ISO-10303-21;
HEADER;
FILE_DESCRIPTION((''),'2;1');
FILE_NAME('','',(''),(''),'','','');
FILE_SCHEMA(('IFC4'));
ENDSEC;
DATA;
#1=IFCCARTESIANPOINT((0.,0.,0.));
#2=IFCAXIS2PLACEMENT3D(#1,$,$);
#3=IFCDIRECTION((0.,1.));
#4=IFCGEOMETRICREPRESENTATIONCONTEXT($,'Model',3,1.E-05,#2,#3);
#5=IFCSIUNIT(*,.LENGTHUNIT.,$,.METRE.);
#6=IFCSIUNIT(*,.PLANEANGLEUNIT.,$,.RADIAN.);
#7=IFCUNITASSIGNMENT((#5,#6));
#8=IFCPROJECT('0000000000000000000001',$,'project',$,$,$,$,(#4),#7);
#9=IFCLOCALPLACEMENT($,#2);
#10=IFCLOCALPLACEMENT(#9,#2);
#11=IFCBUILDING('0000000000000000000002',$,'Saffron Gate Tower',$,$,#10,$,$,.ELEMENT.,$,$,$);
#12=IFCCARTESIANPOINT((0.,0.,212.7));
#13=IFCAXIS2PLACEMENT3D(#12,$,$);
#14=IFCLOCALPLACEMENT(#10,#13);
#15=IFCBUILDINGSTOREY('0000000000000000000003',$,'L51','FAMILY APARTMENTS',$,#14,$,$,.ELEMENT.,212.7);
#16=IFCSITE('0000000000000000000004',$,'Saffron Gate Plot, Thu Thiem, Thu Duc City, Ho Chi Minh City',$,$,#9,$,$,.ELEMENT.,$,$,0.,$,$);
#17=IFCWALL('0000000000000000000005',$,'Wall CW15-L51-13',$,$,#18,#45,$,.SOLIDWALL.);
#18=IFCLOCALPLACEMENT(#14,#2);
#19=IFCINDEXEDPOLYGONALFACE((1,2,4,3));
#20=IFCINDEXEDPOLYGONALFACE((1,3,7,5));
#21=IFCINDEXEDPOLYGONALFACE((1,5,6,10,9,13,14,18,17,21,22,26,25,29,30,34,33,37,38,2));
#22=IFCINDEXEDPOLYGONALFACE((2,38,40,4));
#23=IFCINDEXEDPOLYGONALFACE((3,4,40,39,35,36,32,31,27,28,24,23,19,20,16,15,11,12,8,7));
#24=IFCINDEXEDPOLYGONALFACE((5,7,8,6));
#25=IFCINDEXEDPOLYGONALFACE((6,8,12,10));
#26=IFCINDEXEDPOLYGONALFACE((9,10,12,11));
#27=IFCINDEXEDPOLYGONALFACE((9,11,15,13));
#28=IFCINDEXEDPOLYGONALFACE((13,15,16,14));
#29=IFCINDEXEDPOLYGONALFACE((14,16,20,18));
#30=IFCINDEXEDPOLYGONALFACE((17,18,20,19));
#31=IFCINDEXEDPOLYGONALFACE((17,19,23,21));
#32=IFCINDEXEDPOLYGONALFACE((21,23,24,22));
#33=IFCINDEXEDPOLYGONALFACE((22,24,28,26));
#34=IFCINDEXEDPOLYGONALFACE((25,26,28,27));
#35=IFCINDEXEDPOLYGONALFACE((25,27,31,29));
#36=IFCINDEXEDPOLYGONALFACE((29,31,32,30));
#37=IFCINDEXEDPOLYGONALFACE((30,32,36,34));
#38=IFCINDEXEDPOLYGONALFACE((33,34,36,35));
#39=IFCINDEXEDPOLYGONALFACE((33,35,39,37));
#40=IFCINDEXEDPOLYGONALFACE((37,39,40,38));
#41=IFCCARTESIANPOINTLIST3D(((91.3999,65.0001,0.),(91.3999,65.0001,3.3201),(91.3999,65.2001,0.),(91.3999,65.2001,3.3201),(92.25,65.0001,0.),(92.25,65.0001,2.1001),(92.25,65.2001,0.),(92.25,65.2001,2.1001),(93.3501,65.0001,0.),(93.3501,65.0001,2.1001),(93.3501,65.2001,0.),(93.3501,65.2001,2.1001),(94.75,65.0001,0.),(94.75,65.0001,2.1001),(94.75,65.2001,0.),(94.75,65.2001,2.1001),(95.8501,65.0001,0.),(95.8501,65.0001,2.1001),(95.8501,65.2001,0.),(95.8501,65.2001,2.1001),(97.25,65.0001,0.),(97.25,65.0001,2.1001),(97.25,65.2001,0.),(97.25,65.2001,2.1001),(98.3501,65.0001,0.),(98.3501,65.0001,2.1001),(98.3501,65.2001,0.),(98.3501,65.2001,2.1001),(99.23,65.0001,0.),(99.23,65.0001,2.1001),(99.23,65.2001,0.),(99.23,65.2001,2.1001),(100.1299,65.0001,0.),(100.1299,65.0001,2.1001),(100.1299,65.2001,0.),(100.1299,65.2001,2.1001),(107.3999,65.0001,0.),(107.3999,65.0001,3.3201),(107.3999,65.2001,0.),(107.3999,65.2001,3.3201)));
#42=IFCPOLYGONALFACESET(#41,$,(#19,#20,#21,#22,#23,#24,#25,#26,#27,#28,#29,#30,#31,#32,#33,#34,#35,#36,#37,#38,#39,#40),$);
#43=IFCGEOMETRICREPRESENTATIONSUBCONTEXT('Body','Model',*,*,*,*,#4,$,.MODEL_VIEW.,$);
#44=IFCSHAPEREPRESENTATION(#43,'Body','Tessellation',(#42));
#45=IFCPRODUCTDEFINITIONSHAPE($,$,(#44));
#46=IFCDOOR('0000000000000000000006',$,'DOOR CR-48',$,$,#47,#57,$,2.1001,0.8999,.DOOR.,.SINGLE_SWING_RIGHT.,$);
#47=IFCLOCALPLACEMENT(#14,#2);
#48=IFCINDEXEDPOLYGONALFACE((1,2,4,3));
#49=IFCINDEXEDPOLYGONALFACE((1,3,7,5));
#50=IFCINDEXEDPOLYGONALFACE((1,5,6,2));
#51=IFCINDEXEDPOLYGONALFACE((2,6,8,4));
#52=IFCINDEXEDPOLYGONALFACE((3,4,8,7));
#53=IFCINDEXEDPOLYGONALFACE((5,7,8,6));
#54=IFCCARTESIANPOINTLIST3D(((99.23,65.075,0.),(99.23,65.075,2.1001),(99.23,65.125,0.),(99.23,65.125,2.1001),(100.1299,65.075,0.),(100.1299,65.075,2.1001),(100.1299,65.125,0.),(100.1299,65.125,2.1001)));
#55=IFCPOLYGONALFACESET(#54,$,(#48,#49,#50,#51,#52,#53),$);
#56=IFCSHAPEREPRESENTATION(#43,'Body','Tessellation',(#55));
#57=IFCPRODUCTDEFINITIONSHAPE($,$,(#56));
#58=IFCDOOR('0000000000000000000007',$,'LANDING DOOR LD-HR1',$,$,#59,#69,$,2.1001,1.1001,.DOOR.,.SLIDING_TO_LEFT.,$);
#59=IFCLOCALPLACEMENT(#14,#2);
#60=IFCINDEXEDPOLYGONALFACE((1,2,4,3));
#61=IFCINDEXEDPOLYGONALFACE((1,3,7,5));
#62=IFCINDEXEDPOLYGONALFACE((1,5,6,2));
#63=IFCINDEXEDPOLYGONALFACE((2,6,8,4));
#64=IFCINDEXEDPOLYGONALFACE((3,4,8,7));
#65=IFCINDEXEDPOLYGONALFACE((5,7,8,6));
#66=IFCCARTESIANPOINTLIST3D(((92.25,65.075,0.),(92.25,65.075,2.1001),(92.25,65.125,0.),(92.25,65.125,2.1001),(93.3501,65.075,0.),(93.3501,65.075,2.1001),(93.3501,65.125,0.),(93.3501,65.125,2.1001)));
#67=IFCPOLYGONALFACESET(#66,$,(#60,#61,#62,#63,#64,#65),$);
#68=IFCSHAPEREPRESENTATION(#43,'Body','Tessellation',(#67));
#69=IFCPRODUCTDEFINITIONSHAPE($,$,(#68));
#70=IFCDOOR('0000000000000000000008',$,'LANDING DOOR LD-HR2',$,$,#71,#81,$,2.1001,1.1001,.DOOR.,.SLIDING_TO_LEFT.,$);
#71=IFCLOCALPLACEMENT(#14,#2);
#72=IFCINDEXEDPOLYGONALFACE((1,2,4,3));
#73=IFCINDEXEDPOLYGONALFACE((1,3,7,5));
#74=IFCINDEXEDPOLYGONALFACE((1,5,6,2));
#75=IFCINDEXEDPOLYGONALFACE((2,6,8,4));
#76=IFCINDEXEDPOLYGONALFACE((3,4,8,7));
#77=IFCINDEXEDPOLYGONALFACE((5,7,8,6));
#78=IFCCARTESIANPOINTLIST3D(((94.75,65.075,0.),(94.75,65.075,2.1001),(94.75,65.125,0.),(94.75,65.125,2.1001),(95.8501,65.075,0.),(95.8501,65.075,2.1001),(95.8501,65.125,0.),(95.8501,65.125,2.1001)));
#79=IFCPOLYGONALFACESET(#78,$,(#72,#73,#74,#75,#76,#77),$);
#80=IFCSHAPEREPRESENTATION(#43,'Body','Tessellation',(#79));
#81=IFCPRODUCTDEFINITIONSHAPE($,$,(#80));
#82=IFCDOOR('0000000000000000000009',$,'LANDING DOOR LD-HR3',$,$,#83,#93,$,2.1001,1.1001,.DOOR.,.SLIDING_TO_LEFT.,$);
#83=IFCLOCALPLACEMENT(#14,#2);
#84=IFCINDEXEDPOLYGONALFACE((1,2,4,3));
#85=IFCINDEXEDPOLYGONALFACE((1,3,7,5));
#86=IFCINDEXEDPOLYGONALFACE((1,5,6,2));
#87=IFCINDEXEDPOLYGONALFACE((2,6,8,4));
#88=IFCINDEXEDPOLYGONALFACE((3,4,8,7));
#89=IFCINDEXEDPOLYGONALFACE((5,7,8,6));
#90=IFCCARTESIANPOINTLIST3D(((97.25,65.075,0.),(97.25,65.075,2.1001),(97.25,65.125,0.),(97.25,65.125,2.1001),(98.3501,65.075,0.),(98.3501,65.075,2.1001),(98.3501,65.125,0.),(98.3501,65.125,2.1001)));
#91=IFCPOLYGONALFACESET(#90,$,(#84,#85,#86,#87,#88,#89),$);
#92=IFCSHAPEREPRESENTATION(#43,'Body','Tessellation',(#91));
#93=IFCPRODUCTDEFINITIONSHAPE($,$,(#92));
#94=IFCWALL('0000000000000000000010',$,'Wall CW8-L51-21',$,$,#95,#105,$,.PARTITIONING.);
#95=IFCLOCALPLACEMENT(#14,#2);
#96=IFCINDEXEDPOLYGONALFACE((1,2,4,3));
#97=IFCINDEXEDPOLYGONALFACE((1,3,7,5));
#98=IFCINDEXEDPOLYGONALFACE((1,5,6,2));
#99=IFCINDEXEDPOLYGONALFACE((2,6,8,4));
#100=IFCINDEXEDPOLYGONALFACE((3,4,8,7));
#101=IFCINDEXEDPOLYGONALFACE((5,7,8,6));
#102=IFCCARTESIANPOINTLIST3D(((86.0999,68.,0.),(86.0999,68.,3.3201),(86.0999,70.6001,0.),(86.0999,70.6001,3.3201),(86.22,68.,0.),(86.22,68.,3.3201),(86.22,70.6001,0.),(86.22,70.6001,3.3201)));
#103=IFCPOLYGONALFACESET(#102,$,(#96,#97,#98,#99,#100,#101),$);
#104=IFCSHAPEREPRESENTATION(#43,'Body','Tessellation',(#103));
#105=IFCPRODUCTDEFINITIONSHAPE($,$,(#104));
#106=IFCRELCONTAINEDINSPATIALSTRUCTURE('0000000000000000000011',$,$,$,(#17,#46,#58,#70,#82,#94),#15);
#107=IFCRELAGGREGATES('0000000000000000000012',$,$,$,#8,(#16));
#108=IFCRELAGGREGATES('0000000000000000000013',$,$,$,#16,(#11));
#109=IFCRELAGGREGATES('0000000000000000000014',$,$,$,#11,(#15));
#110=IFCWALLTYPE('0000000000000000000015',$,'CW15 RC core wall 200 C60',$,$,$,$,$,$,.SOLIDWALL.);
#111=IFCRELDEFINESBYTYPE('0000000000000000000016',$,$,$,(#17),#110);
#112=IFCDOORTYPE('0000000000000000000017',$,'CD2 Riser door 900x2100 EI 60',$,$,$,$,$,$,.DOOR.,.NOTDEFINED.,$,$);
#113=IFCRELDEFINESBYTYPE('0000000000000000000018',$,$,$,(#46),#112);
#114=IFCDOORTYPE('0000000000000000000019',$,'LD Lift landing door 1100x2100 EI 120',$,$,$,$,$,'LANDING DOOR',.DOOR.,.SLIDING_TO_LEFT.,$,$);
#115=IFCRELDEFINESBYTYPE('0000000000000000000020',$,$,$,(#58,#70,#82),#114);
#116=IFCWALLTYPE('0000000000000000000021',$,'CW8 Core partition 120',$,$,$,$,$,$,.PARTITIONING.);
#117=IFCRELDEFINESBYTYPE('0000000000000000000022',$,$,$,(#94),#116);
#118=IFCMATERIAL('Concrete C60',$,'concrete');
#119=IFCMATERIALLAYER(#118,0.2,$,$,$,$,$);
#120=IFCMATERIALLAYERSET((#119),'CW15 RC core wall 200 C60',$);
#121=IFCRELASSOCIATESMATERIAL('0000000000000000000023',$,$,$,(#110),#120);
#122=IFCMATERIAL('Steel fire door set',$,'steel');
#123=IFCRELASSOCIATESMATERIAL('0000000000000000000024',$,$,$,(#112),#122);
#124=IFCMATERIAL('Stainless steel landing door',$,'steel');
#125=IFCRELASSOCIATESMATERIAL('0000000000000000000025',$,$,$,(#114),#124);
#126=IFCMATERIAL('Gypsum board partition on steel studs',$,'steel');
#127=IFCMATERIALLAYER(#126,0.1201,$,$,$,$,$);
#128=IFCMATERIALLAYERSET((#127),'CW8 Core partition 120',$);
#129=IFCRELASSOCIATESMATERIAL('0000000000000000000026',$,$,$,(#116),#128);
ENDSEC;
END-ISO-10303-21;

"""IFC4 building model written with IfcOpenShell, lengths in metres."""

from ifc_helpers import new_model, si_unit, direction, frame, frame_2d, origin, place, context, subcontext, project, spatial, rectangle, extrude, material, layer, layer_set, type_object, element, fill, save


model = new_model("IFC4")

# Units and contexts
model_context = context("Model", 3, precision=1e-05, world=origin(), true_north=direction((0.0, 1.0)))
body_context = subcontext(model_context, "Body", "Model", "MODEL_VIEW")
ifc_project = project(units=[si_unit("LENGTHUNIT", "METRE"), si_unit("PLANEANGLEUNIT", "RADIAN")], contexts=[model_context])

# Site, building, storey
site_placement = place(None, origin())
site = spatial("IfcSite", under=ifc_project, at=site_placement, Name="Saffron Gate Plot, Thu Thiem, Thu Duc City, Ho Chi Minh City", CompositionType="ELEMENT", RefElevation=0.0)
building_placement = place(site_placement, origin())
building = spatial("IfcBuilding", under=site, at=building_placement, Name="Saffron Gate Tower", CompositionType="ELEMENT")
storey_placement = place(building_placement, frame((0.0, 0.0, 212.7)))
storey = spatial("IfcBuildingStorey", under=building, at=storey_placement, Name="L51", Description="FAMILY APARTMENTS", CompositionType="ELEMENT", Elevation=212.7)

# Shared definitions
ifc_material_1 = material(Name="Gypsum board partition on steel studs", Category="steel")
ifc_material_2 = material(Name="Concrete C60", Category="concrete")

# Shared definitions
ifc_material_3 = material(Name="Steel fire door set", Category="steel")

# Wall, openings, doors
ifc_layer_1 = layer(ifc_material_2, 0.2)
ifc_layer_set_1 = layer_set([ifc_layer_1], Name="CW15 RC core wall 200 C60")
wall_type_1 = type_object("IfcWallType", Name="CW15 RC core wall 200 C60", PredefinedType="SOLIDWALL", material=ifc_layer_set_1)
wall_1_placement = place(storey_placement, frame((91.3999, 65.1001, 0.0), z_axis=(0.0, 0.0, 1.0), x_axis=(1.0, 0.0, 0.0)))
wall_1 = element("IfcWall", 1, at=wall_1_placement, inside=storey, type_object=wall_type_1, Name="Wall CW15-L51-13", PredefinedType="SOLIDWALL", context=body_context, shape_type="SweptSolid", body=[
    extrude(rectangle(XDim=16.0, YDim=0.2, at=frame_2d((8.0, 0.0))), origin(), (0.0, 0.0, 1.0), 3.3201),
])
opening_1_placement = place(wall_1_placement, frame((0.8501, 0.0, 0.0)))
opening_1 = element("IfcOpeningElement", 2, at=opening_1_placement, cuts=wall_1, PredefinedType="OPENING", context=body_context, shape_type="SweptSolid", body=[
    extrude(rectangle(XDim=1.1001, YDim=2.1001, at=frame_2d((0.55, 1.05))), frame((0.0, 0.1099, 0.0), z_axis=(0.0, -1.0, 0.0), x_axis=(1.0, 0.0, 0.0)), (0.0, 0.0, 1.0), 0.22),
])
opening_2_placement = place(wall_1_placement, frame((3.3501, 0.0, 0.0)))
opening_2 = element("IfcOpeningElement", 3, at=opening_2_placement, cuts=wall_1, PredefinedType="OPENING", context=body_context, shape_type="SweptSolid", body=[
    extrude(rectangle(XDim=1.1001, YDim=2.1001, at=frame_2d((0.55, 1.05))), frame((0.0, 0.1099, 0.0), z_axis=(0.0, -1.0, 0.0), x_axis=(1.0, 0.0, 0.0)), (0.0, 0.0, 1.0), 0.22),
])
opening_3_placement = place(wall_1_placement, frame((5.8501, 0.0, 0.0)))
opening_3 = element("IfcOpeningElement", 4, at=opening_3_placement, cuts=wall_1, PredefinedType="OPENING", context=body_context, shape_type="SweptSolid", body=[
    extrude(rectangle(XDim=1.1001, YDim=2.1001, at=frame_2d((0.55, 1.05))), frame((0.0, 0.1099, 0.0), z_axis=(0.0, -1.0, 0.0), x_axis=(1.0, 0.0, 0.0)), (0.0, 0.0, 1.0), 0.22),
])
opening_4_placement = place(wall_1_placement, frame((7.8301, 0.0, 0.0)))
opening_4 = element("IfcOpeningElement", 5, at=opening_4_placement, cuts=wall_1, PredefinedType="OPENING", context=body_context, shape_type="SweptSolid", body=[
    extrude(rectangle(XDim=0.8999, YDim=2.1001, at=frame_2d((0.45, 1.05))), frame((0.0, 0.1099, 0.0), z_axis=(0.0, -1.0, 0.0), x_axis=(1.0, 0.0, 0.0)), (0.0, 0.0, 1.0), 0.22),
])
door_type_1 = type_object("IfcDoorType", Name="CD2 Riser door 900x2100 EI 60", OperationType="NOTDEFINED", PredefinedType="DOOR", material=ifc_material_3)
door_1_placement = place(opening_4_placement, origin())
door_1 = element("IfcDoor", 6, at=door_1_placement, inside=storey, type_object=door_type_1, Name="DOOR CR-48", OperationType="SINGLE_SWING_RIGHT", OverallHeight=2.1001, OverallWidth=0.8999, PredefinedType="DOOR", context=body_context, shape_type="SweptSolid", body=[
    extrude(rectangle(XDim=0.8999, YDim=2.1001, at=frame_2d((0.45, 1.05))), frame((0.0, 0.0249, 0.0), z_axis=(0.0, -1.0, 0.0), x_axis=(1.0, 0.0, 0.0)), (0.0, 0.0, 1.0), 0.05),
])
fill(opening_4, door_1)
ifc_material_4 = material(Name="Stainless steel landing door", Category="steel")
door_type_2 = type_object("IfcDoorType", Name="LD Lift landing door 1100x2100 EI 120", ElementType="LANDING DOOR", OperationType="SLIDING_TO_LEFT", PredefinedType="DOOR", material=ifc_material_4)
door_2_placement = place(opening_1_placement, origin())
door_2 = element("IfcDoor", 7, at=door_2_placement, inside=storey, type_object=door_type_2, Name="LANDING DOOR LD-HR1", OperationType="SLIDING_TO_LEFT", OverallHeight=2.1001, OverallWidth=1.1001, PredefinedType="DOOR", context=body_context, shape_type="SweptSolid", body=[
    extrude(rectangle(XDim=1.1001, YDim=2.1001, at=frame_2d((0.55, 1.05))), frame((0.0, 0.0249, 0.0), z_axis=(0.0, -1.0, 0.0), x_axis=(1.0, 0.0, 0.0)), (0.0, 0.0, 1.0), 0.05),
])
fill(opening_1, door_2)
door_3_placement = place(opening_2_placement, origin())
door_3 = element("IfcDoor", 8, at=door_3_placement, inside=storey, type_object=door_type_2, Name="LANDING DOOR LD-HR2", OperationType="SLIDING_TO_LEFT", OverallHeight=2.1001, OverallWidth=1.1001, PredefinedType="DOOR", context=body_context, shape_type="SweptSolid", body=[
    extrude(rectangle(XDim=1.1001, YDim=2.1001, at=frame_2d((0.55, 1.05))), frame((0.0, 0.0249, 0.0), z_axis=(0.0, -1.0, 0.0), x_axis=(1.0, 0.0, 0.0)), (0.0, 0.0, 1.0), 0.05),
])
fill(opening_2, door_3)
door_4_placement = place(opening_3_placement, origin())
door_4 = element("IfcDoor", 9, at=door_4_placement, inside=storey, type_object=door_type_2, Name="LANDING DOOR LD-HR3", OperationType="SLIDING_TO_LEFT", OverallHeight=2.1001, OverallWidth=1.1001, PredefinedType="DOOR", context=body_context, shape_type="SweptSolid", body=[
    extrude(rectangle(XDim=1.1001, YDim=2.1001, at=frame_2d((0.55, 1.05))), frame((0.0, 0.0249, 0.0), z_axis=(0.0, -1.0, 0.0), x_axis=(1.0, 0.0, 0.0)), (0.0, 0.0, 1.0), 0.05),
])
fill(opening_3, door_4)

# Wall
ifc_layer_2 = layer(ifc_material_1, 0.1201)
ifc_layer_set_2 = layer_set([ifc_layer_2], Name="CW8 Core partition 120")
wall_type_2 = type_object("IfcWallType", Name="CW8 Core partition 120", PredefinedType="PARTITIONING", material=ifc_layer_set_2)
wall_2_placement = place(storey_placement, frame((86.1599, 68.0, 0.0), z_axis=(0.0, 0.0, 1.0), x_axis=(0.0, 1.0, 0.0)))
element("IfcWall", 10, at=wall_2_placement, inside=storey, type_object=wall_type_2, Name="Wall CW8-L51-21", PredefinedType="PARTITIONING", context=body_context, shape_type="SweptSolid", body=[
    extrude(rectangle(XDim=2.6001, YDim=0.1201, at=frame_2d((1.3, 0.0))), origin(), (0.0, 0.0, 1.0), 3.3201),
])

save(model, "model.ifc")
